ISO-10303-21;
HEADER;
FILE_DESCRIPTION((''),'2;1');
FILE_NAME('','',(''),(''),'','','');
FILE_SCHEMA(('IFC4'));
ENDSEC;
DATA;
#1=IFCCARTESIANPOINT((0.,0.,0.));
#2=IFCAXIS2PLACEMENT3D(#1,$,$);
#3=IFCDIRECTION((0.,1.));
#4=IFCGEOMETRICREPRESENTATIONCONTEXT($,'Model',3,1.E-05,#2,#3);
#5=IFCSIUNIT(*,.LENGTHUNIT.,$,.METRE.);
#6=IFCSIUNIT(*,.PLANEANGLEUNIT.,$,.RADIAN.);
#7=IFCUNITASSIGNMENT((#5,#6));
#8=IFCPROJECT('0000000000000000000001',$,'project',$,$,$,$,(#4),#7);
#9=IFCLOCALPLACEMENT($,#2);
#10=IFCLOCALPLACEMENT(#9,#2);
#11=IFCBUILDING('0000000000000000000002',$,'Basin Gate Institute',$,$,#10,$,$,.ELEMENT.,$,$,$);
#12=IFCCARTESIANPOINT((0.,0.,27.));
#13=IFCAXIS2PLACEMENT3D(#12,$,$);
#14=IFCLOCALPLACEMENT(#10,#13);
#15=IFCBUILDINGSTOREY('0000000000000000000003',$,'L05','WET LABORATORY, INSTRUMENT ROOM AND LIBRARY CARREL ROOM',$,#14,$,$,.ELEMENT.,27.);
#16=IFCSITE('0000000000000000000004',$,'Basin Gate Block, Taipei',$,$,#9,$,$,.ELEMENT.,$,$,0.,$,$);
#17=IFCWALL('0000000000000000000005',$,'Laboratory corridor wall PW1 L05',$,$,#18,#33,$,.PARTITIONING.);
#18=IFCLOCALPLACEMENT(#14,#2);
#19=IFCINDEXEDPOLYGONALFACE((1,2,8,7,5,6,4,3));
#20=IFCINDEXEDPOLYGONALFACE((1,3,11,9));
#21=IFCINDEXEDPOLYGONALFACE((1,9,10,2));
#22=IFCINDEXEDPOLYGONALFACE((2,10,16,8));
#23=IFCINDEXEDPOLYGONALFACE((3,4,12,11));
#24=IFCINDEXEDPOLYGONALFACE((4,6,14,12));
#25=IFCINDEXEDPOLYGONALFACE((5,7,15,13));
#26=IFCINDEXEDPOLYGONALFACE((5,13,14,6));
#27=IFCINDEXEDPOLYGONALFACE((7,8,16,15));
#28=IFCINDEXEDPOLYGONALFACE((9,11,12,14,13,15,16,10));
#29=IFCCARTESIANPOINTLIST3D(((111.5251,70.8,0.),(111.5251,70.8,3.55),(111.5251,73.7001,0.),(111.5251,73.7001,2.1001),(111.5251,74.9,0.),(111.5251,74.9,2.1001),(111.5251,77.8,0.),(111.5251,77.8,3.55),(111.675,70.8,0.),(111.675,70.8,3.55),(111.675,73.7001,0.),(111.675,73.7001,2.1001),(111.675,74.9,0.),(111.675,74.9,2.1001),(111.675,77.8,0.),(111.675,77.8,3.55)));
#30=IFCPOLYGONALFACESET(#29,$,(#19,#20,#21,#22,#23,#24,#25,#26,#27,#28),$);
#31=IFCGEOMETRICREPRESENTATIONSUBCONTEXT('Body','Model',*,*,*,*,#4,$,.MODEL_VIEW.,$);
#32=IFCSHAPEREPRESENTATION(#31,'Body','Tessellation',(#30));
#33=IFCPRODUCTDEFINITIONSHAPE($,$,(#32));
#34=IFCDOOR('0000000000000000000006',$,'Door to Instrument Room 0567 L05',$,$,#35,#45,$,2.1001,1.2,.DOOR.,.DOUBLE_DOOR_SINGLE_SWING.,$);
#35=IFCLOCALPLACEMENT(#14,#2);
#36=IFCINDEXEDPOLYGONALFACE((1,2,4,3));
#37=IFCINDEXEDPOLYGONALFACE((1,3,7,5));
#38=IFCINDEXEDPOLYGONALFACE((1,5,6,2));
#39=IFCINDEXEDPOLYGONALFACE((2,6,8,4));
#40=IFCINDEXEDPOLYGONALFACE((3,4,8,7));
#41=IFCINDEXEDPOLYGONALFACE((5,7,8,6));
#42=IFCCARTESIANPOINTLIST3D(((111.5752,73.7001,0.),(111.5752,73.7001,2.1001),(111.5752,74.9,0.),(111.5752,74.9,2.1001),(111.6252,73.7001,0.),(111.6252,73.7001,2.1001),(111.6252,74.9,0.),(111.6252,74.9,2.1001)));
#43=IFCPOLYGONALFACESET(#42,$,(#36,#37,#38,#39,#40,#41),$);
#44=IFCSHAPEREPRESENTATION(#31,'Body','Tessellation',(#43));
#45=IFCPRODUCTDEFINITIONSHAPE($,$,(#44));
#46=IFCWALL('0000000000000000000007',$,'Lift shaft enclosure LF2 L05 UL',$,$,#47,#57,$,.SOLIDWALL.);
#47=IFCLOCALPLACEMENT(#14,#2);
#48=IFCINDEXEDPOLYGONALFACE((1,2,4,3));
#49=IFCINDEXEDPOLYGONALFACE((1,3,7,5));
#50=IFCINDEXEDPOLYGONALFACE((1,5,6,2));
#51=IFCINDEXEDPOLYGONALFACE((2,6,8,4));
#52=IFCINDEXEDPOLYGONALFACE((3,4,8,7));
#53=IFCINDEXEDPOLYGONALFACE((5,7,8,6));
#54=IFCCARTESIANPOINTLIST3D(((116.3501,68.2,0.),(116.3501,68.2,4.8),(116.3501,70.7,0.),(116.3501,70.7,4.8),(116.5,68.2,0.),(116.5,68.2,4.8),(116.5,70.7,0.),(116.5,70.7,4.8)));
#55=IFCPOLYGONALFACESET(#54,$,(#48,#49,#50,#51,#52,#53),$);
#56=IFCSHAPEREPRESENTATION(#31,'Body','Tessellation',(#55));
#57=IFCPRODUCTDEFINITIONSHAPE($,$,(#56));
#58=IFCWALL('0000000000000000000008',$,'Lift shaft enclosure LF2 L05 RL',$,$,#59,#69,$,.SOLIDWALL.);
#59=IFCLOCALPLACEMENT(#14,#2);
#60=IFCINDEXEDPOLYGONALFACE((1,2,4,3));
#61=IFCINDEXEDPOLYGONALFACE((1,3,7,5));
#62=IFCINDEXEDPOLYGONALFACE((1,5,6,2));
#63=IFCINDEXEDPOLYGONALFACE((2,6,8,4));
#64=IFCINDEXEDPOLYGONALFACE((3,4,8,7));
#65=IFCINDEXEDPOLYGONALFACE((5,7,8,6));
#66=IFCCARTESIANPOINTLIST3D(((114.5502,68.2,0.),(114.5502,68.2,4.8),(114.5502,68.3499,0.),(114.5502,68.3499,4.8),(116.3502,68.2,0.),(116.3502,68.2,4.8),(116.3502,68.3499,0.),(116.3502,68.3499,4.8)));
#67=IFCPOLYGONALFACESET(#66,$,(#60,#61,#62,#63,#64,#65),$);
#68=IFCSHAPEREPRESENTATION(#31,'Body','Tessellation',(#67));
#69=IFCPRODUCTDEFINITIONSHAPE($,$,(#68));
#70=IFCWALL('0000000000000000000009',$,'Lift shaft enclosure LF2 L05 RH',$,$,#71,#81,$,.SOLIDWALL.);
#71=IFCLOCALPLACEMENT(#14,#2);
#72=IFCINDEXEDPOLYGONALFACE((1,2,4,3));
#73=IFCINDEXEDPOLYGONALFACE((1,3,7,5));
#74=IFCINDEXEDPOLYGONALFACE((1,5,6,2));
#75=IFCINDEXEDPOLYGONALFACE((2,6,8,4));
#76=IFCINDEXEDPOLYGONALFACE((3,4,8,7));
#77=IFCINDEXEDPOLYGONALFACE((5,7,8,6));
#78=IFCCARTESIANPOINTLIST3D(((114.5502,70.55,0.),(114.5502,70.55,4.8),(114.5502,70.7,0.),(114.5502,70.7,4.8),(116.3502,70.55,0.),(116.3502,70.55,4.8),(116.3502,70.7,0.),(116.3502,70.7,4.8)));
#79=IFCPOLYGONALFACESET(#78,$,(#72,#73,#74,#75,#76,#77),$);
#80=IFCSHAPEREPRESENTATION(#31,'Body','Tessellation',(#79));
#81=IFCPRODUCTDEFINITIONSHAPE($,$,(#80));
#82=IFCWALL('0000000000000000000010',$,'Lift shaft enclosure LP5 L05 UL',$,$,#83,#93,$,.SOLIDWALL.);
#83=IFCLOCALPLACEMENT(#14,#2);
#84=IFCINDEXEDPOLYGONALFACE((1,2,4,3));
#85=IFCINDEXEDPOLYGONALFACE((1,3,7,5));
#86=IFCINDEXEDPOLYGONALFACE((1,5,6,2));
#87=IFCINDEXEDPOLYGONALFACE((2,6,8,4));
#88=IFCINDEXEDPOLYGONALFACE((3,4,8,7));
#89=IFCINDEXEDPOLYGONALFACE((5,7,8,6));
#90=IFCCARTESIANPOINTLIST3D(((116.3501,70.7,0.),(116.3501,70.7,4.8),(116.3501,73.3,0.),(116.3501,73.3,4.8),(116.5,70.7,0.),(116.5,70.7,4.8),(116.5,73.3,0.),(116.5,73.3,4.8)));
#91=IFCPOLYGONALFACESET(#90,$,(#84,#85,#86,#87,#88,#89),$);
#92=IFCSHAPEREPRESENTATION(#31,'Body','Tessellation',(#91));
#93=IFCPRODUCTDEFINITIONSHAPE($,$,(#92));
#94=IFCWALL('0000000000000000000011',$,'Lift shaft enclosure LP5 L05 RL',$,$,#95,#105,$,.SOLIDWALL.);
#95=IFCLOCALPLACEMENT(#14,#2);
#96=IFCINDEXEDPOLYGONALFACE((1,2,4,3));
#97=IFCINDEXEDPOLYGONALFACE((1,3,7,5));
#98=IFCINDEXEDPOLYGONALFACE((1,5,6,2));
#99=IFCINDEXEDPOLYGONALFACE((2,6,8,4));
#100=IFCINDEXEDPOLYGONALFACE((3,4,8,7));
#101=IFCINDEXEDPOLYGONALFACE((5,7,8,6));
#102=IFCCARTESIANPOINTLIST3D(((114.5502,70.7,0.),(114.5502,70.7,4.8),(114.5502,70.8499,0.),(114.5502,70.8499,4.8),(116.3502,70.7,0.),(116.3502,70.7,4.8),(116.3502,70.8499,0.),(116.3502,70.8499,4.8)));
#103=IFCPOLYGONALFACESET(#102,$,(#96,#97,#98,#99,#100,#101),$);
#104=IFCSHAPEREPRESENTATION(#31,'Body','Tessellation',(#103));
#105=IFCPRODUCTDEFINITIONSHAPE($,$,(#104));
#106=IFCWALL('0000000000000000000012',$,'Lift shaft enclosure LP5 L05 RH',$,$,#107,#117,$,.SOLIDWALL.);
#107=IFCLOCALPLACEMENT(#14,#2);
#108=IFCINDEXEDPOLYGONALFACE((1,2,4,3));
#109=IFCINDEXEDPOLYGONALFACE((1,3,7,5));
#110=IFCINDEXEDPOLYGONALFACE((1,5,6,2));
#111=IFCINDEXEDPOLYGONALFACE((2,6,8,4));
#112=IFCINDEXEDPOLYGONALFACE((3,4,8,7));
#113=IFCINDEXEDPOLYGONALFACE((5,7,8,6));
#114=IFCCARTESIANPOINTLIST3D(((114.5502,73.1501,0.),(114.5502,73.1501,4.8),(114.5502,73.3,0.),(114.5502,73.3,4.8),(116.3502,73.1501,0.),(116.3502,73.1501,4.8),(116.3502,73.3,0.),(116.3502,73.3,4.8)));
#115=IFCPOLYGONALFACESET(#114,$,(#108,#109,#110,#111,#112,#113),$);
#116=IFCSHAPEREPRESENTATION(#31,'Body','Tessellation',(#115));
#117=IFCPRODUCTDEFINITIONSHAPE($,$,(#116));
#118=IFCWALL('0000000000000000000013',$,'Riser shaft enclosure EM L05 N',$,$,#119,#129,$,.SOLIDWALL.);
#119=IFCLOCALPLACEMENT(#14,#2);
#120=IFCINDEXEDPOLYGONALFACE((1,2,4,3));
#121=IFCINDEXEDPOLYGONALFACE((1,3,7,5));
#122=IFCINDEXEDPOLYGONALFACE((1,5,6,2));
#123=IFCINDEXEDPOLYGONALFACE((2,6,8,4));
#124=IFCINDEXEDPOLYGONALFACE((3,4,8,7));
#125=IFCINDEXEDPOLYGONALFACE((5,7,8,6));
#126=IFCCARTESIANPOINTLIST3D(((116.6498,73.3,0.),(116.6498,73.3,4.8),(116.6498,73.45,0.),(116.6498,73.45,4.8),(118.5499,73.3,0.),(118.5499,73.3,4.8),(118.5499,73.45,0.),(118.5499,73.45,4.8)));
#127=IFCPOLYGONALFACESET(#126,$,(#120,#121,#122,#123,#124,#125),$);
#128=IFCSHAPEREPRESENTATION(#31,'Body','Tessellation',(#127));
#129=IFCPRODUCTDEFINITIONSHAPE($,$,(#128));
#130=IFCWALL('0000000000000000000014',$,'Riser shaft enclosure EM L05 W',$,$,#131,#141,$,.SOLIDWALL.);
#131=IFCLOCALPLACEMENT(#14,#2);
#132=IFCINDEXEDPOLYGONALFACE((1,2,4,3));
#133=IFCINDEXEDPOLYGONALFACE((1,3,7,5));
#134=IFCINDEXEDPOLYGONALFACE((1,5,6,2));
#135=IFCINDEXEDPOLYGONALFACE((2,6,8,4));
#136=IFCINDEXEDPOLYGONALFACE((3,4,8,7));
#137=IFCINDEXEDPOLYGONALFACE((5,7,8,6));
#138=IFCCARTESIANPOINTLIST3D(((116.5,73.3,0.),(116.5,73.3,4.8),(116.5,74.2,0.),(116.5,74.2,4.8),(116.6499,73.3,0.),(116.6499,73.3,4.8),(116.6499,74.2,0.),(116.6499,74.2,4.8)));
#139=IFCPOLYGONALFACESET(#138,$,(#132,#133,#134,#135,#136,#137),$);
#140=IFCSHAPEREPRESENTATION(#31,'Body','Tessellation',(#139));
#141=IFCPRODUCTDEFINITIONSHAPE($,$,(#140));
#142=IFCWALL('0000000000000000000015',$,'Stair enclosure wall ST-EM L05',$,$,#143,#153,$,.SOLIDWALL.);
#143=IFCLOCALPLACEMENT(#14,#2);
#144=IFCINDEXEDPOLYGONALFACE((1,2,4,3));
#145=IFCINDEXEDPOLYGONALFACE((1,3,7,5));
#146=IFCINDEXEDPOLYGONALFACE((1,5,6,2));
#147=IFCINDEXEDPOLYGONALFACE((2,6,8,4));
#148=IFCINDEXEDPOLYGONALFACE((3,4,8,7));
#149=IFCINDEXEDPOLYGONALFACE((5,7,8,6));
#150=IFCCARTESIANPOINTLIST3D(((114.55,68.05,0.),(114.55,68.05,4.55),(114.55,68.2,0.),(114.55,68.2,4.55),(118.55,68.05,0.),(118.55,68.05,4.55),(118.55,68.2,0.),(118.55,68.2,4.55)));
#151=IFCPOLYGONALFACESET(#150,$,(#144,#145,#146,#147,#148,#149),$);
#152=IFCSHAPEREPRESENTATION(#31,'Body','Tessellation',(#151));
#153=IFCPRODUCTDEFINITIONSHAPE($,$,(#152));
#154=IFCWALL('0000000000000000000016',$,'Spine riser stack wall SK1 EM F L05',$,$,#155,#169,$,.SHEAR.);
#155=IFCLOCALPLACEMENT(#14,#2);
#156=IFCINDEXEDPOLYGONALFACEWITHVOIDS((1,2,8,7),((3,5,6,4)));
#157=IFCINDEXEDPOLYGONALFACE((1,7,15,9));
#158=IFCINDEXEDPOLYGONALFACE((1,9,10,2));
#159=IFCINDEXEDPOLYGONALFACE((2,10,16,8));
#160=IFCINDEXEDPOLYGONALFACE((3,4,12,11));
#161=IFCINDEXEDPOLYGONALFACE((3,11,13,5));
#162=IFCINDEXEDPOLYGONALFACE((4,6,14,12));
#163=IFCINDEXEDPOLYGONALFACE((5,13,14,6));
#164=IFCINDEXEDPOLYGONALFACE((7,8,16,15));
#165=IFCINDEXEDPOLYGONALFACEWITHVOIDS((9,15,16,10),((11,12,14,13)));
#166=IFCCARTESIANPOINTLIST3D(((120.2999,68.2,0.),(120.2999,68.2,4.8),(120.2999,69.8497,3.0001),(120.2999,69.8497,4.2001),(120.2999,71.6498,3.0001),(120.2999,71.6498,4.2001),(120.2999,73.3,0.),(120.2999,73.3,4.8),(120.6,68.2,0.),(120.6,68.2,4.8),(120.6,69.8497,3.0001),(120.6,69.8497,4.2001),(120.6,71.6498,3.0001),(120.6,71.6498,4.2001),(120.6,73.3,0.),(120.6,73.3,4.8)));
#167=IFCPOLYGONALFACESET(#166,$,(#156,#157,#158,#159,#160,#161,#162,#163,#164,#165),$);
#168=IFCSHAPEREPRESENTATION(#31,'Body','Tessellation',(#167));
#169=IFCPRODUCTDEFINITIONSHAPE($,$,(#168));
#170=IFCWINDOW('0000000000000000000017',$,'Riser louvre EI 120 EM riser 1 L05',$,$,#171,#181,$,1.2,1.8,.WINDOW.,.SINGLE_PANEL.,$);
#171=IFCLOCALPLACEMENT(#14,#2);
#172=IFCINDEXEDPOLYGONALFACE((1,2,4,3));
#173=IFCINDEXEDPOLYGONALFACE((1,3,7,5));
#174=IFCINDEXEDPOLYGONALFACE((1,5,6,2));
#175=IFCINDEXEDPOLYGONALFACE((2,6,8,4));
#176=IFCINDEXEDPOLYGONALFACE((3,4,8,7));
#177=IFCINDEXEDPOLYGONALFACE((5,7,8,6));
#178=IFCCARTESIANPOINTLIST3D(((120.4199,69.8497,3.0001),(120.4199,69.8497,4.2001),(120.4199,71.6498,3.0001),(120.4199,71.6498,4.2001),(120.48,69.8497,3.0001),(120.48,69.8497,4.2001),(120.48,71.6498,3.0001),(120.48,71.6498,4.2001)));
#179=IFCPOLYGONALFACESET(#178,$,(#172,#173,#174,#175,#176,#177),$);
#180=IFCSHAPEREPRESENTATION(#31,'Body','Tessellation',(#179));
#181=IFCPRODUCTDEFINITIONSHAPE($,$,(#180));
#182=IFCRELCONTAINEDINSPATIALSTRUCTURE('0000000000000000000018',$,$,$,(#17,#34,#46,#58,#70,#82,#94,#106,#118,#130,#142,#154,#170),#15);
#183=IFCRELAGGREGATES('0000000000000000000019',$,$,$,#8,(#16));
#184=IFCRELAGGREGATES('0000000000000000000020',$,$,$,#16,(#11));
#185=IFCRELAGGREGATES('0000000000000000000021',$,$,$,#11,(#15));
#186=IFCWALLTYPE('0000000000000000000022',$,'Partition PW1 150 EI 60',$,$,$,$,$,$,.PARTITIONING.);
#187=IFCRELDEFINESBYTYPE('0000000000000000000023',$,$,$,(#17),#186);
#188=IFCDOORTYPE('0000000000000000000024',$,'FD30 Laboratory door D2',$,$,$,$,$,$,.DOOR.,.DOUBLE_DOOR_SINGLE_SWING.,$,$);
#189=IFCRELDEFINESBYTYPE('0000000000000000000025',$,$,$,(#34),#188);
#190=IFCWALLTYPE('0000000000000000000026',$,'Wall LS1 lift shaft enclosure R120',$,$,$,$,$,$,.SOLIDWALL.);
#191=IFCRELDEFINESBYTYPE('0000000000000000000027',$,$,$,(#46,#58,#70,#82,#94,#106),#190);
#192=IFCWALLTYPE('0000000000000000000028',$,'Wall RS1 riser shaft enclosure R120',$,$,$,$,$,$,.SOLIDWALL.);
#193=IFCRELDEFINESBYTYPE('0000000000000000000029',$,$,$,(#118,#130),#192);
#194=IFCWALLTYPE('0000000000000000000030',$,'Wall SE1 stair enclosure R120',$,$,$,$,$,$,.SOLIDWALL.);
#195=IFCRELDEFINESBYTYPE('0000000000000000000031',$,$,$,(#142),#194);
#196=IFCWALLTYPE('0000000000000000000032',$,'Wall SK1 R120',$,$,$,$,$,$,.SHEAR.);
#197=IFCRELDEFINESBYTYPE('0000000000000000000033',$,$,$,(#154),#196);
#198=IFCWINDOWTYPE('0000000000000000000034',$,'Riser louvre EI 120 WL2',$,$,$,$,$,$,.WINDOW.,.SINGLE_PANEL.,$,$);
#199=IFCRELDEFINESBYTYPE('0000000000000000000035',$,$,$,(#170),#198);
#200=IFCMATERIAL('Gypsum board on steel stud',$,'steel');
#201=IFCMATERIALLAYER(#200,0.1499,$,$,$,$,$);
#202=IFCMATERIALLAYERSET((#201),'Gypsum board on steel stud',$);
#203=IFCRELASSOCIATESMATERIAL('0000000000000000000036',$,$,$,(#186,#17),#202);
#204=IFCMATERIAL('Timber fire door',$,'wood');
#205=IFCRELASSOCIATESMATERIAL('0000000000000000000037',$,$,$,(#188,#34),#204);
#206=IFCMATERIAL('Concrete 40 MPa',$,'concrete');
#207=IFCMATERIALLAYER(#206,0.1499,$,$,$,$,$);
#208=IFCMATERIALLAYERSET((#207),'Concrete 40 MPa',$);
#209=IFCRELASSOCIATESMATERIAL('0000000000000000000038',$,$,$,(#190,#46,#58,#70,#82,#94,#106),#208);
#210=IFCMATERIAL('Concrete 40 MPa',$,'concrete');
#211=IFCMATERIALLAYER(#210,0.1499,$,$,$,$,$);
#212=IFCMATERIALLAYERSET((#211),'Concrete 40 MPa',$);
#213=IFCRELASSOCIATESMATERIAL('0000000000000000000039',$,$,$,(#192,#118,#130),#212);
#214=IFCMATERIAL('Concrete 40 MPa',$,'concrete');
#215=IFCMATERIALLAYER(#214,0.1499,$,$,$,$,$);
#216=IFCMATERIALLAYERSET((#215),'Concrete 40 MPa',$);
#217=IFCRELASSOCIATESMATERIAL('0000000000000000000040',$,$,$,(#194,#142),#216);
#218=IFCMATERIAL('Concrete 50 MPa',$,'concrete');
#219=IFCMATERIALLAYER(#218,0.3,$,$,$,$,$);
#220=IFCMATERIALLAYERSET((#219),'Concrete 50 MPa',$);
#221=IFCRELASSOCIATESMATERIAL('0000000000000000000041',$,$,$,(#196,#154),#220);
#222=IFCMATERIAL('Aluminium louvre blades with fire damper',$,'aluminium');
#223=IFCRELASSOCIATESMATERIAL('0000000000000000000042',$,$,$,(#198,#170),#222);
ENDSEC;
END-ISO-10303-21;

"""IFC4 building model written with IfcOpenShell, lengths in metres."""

from ifc_helpers import new_model, si_unit, direction, frame, frame_2d, origin, place, context, subcontext, project, spatial, rectangle, extrude, material, layer, layer_set, type_object, element, fill, save


model = new_model("IFC4")

# Units and contexts
model_context = context("Model", 3, precision=1e-05, world=origin(), true_north=direction((0.0, 1.0)))
body_context = subcontext(model_context, "Body", "Model", "MODEL_VIEW")
ifc_project = project(units=[si_unit("LENGTHUNIT", "METRE"), si_unit("PLANEANGLEUNIT", "RADIAN")], contexts=[model_context])

# Site, building, storey
site_placement = place(None, origin())
site = spatial("IfcSite", under=ifc_project, at=site_placement, Name="Basin Gate Block, Taipei", CompositionType="ELEMENT", RefElevation=0.0)
building_placement = place(site_placement, origin())
building = spatial("IfcBuilding", under=site, at=building_placement, Name="Basin Gate Institute", CompositionType="ELEMENT")
storey_placement = place(building_placement, frame((0.0, 0.0, 27.0)))
storey = spatial("IfcBuildingStorey", under=building, at=storey_placement, Name="L05", Description="WET LABORATORY, INSTRUMENT ROOM AND LIBRARY CARREL ROOM", CompositionType="ELEMENT", Elevation=27.0)

# Wall, opening, door
ifc_material_1 = material(Name="Gypsum board on steel stud", Category="steel")
ifc_layer_1 = layer(ifc_material_1, 0.1499)
ifc_layer_set_1 = layer_set([ifc_layer_1], Name="Gypsum board on steel stud")
wall_type_1 = type_object("IfcWallType", Name="Partition PW1 150 EI 60", PredefinedType="PARTITIONING", material=ifc_layer_set_1)
wall_1_placement = place(storey_placement, frame((111.6001, 70.8, 0.0), z_axis=(0.0, 0.0, 1.0), x_axis=(0.0, 1.0, 0.0)))
wall_1 = element("IfcWall", 1, at=wall_1_placement, inside=storey, type_object=wall_type_1, material=ifc_layer_set_1, Name="Laboratory corridor wall PW1 L05", PredefinedType="PARTITIONING", context=body_context, shape_type="SweptSolid", body=[
    extrude(rectangle(XDim=7.0, YDim=0.1499, at=frame_2d((3.5, 0.0))), origin(), (0.0, 0.0, 1.0), 3.55),
])
opening_1_placement = place(wall_1_placement, frame((2.8999, 0.0, 0.0)))
opening_1 = element("IfcOpeningElement", 2, at=opening_1_placement, cuts=wall_1, PredefinedType="OPENING", context=body_context, shape_type="SweptSolid", body=[
    extrude(rectangle(XDim=1.2, YDim=2.1001, at=frame_2d((0.6001, 1.05))), frame((0.0, 0.085, 0.0), z_axis=(0.0, -1.0, 0.0), x_axis=(1.0, 0.0, 0.0)), (0.0, 0.0, 1.0), 0.1699),
])
ifc_material_2 = material(Name="Timber fire door", Category="wood")
door_type_1 = type_object("IfcDoorType", Name="FD30 Laboratory door D2", OperationType="DOUBLE_DOOR_SINGLE_SWING", PredefinedType="DOOR", material=ifc_material_2)
door_1_placement = place(opening_1_placement, origin())
door_1 = element("IfcDoor", 3, at=door_1_placement, inside=storey, type_object=door_type_1, material=ifc_material_2, Name="Door to Instrument Room 0567 L05", OperationType="DOUBLE_DOOR_SINGLE_SWING", OverallHeight=2.1001, OverallWidth=1.2, PredefinedType="DOOR", context=body_context, shape_type="SweptSolid", body=[
    extrude(rectangle(XDim=1.2, YDim=2.1001, at=frame_2d((0.6001, 1.05))), frame((0.0, 0.0249, 0.0), z_axis=(0.0, -1.0, 0.0), x_axis=(1.0, 0.0, 0.0)), (0.0, 0.0, 1.0), 0.05),
])
fill(opening_1, door_1)

# Walls
ifc_material_3 = material(Name="Concrete 40 MPa", Category="concrete")
ifc_layer_2 = layer(ifc_material_3, 0.1499)
ifc_layer_set_2 = layer_set([ifc_layer_2], Name="Concrete 40 MPa")
wall_type_2 = type_object("IfcWallType", Name="Wall LS1 lift shaft enclosure R120", PredefinedType="SOLIDWALL", material=ifc_layer_set_2)
wall_2_placement = place(storey_placement, frame((116.425, 68.2, 0.0), z_axis=(0.0, 0.0, 1.0), x_axis=(0.0, 1.0, 0.0)))
element("IfcWall", 4, at=wall_2_placement, inside=storey, type_object=wall_type_2, material=ifc_layer_set_2, Name="Lift shaft enclosure LF2 L05 UL", PredefinedType="SOLIDWALL", context=body_context, shape_type="SweptSolid", body=[
    extrude(rectangle(XDim=2.5, YDim=0.1499, at=frame_2d((1.25, 0.0))), origin(), (0.0, 0.0, 1.0), 4.8),
])
for number, where, z_axis, x_axis, name in (
    (5, (116.3501, 68.2749, 0.0), (0.0, 0.0, 1.0), (-1.0, 0.0, 0.0), "Lift shaft enclosure LF2 L05 RL"),
    (6, (116.3501, 70.625, 0.0), (0.0, 0.0, 1.0), (-1.0, 0.0, 0.0), "Lift shaft enclosure LF2 L05 RH"),
):
    element("IfcWall", number, at=place(storey_placement, frame(where, z_axis=z_axis, x_axis=x_axis)), inside=storey, type_object=wall_type_2, material=ifc_layer_set_2, Name=name, PredefinedType="SOLIDWALL", context=body_context, shape_type="SweptSolid", body=[
        extrude(rectangle(XDim=1.8, YDim=0.1499, at=frame_2d((0.8999, 0.0))), origin(), (0.0, 0.0, 1.0), 4.8),
    ])
wall_3_placement = place(storey_placement, frame((116.425, 70.7, 0.0), z_axis=(0.0, 0.0, 1.0), x_axis=(0.0, 1.0, 0.0)))
element("IfcWall", 7, at=wall_3_placement, inside=storey, type_object=wall_type_2, material=ifc_layer_set_2, Name="Lift shaft enclosure LP5 L05 UL", PredefinedType="SOLIDWALL", context=body_context, shape_type="SweptSolid", body=[
    extrude(rectangle(XDim=2.6001, YDim=0.1499, at=frame_2d((1.3, 0.0))), origin(), (0.0, 0.0, 1.0), 4.8),
])
for number, where, z_axis, x_axis, name in (
    (8, (116.3501, 70.7749, 0.0), (0.0, 0.0, 1.0), (-1.0, 0.0, 0.0), "Lift shaft enclosure LP5 L05 RL"),
    (9, (116.3501, 73.2251, 0.0), (0.0, 0.0, 1.0), (-1.0, 0.0, 0.0), "Lift shaft enclosure LP5 L05 RH"),
):
    element("IfcWall", number, at=place(storey_placement, frame(where, z_axis=z_axis, x_axis=x_axis)), inside=storey, type_object=wall_type_2, material=ifc_layer_set_2, Name=name, PredefinedType="SOLIDWALL", context=body_context, shape_type="SweptSolid", body=[
        extrude(rectangle(XDim=1.8, YDim=0.1499, at=frame_2d((0.8999, 0.0))), origin(), (0.0, 0.0, 1.0), 4.8),
    ])
ifc_material_4 = material(Name="Concrete 40 MPa", Category="concrete")
ifc_layer_3 = layer(ifc_material_4, 0.1499)
ifc_layer_set_3 = layer_set([ifc_layer_3], Name="Concrete 40 MPa")
wall_type_3 = type_object("IfcWallType", Name="Wall RS1 riser shaft enclosure R120", PredefinedType="SOLIDWALL", material=ifc_layer_set_3)
wall_4_placement = place(storey_placement, frame((118.55, 73.375, 0.0), z_axis=(0.0, 0.0, 1.0), x_axis=(-1.0, 0.0, 0.0)))
element("IfcWall", 10, at=wall_4_placement, inside=storey, type_object=wall_type_3, material=ifc_layer_set_3, Name="Riser shaft enclosure EM L05 N", PredefinedType="SOLIDWALL", context=body_context, shape_type="SweptSolid", body=[
    extrude(rectangle(XDim=1.9001, YDim=0.1499, at=frame_2d((0.9502, 0.0))), origin(), (0.0, 0.0, 1.0), 4.8),
])
wall_5_placement = place(storey_placement, frame((116.575, 73.3, 0.0), z_axis=(0.0, 0.0, 1.0), x_axis=(0.0, 1.0, 0.0)))
element("IfcWall", 11, at=wall_5_placement, inside=storey, type_object=wall_type_3, material=ifc_layer_set_3, Name="Riser shaft enclosure EM L05 W", PredefinedType="SOLIDWALL", context=body_context, shape_type="SweptSolid", body=[
    extrude(rectangle(XDim=0.8999, YDim=0.1499, at=frame_2d((0.45, 0.0))), origin(), (0.0, 0.0, 1.0), 4.8),
])
ifc_material_5 = material(Name="Concrete 40 MPa", Category="concrete")
ifc_layer_4 = layer(ifc_material_5, 0.1499)
ifc_layer_set_4 = layer_set([ifc_layer_4], Name="Concrete 40 MPa")
wall_type_4 = type_object("IfcWallType", Name="Wall SE1 stair enclosure R120", PredefinedType="SOLIDWALL", material=ifc_layer_set_4)
wall_6_placement = place(storey_placement, frame((118.55, 68.125, 0.0), z_axis=(0.0, 0.0, 1.0), x_axis=(-1.0, 0.0, 0.0)))
element("IfcWall", 12, at=wall_6_placement, inside=storey, type_object=wall_type_4, material=ifc_layer_set_4, Name="Stair enclosure wall ST-EM L05", PredefinedType="SOLIDWALL", context=body_context, shape_type="SweptSolid", body=[
    extrude(rectangle(XDim=4.0, YDim=0.1499, at=frame_2d((2.0, 0.0))), origin(), (0.0, 0.0, 1.0), 4.55),
])

# Wall, opening, window
ifc_material_6 = material(Name="Concrete 50 MPa", Category="concrete")
ifc_layer_5 = layer(ifc_material_6, 0.3)
ifc_layer_set_5 = layer_set([ifc_layer_5], Name="Concrete 50 MPa")
wall_type_5 = type_object("IfcWallType", Name="Wall SK1 R120", PredefinedType="SHEAR", material=ifc_layer_set_5)
wall_7_placement = place(storey_placement, frame((120.45, 68.2, 0.0), z_axis=(0.0, 0.0, 1.0), x_axis=(0.0, 1.0, 0.0)))
wall_7 = element("IfcWall", 13, at=wall_7_placement, inside=storey, type_object=wall_type_5, material=ifc_layer_set_5, Name="Spine riser stack wall SK1 EM F L05", PredefinedType="SHEAR", context=body_context, shape_type="SweptSolid", body=[
    extrude(rectangle(XDim=5.1001, YDim=0.3, at=frame_2d((2.55, 0.0))), origin(), (0.0, 0.0, 1.0), 4.8),
])
opening_2_placement = place(wall_7_placement, frame((1.6499, 0.0, 3.0)))
opening_2 = element("IfcOpeningElement", 14, at=opening_2_placement, cuts=wall_7, PredefinedType="OPENING", context=body_context, shape_type="SweptSolid", body=[
    extrude(rectangle(XDim=1.8, YDim=1.2, at=frame_2d((0.8999, 0.6001))), frame((0.0, 0.1602, 0.0), z_axis=(0.0, -1.0, 0.0), x_axis=(1.0, 0.0, 0.0)), (0.0, 0.0, 1.0), 0.3201),
])
ifc_material_7 = material(Name="Aluminium louvre blades with fire damper", Category="aluminium")
window_type_1 = type_object("IfcWindowType", Name="Riser louvre EI 120 WL2", PartitioningType="SINGLE_PANEL", PredefinedType="WINDOW", material=ifc_material_7)
window_1_placement = place(opening_2_placement, origin())
window_1 = element("IfcWindow", 15, at=window_1_placement, inside=storey, type_object=window_type_1, material=ifc_material_7, Name="Riser louvre EI 120 EM riser 1 L05", OverallHeight=1.2, OverallWidth=1.8, PartitioningType="SINGLE_PANEL", PredefinedType="WINDOW", context=body_context, shape_type="SweptSolid", body=[
    extrude(rectangle(XDim=1.8, YDim=1.2, at=frame_2d((0.8999, 0.6001))), frame((0.0, 0.03, 0.0), z_axis=(0.0, -1.0, 0.0), x_axis=(1.0, 0.0, 0.0)), (0.0, 0.0, 1.0), 0.0601),
])
fill(opening_2, window_1)

save(model, "model.ifc")
